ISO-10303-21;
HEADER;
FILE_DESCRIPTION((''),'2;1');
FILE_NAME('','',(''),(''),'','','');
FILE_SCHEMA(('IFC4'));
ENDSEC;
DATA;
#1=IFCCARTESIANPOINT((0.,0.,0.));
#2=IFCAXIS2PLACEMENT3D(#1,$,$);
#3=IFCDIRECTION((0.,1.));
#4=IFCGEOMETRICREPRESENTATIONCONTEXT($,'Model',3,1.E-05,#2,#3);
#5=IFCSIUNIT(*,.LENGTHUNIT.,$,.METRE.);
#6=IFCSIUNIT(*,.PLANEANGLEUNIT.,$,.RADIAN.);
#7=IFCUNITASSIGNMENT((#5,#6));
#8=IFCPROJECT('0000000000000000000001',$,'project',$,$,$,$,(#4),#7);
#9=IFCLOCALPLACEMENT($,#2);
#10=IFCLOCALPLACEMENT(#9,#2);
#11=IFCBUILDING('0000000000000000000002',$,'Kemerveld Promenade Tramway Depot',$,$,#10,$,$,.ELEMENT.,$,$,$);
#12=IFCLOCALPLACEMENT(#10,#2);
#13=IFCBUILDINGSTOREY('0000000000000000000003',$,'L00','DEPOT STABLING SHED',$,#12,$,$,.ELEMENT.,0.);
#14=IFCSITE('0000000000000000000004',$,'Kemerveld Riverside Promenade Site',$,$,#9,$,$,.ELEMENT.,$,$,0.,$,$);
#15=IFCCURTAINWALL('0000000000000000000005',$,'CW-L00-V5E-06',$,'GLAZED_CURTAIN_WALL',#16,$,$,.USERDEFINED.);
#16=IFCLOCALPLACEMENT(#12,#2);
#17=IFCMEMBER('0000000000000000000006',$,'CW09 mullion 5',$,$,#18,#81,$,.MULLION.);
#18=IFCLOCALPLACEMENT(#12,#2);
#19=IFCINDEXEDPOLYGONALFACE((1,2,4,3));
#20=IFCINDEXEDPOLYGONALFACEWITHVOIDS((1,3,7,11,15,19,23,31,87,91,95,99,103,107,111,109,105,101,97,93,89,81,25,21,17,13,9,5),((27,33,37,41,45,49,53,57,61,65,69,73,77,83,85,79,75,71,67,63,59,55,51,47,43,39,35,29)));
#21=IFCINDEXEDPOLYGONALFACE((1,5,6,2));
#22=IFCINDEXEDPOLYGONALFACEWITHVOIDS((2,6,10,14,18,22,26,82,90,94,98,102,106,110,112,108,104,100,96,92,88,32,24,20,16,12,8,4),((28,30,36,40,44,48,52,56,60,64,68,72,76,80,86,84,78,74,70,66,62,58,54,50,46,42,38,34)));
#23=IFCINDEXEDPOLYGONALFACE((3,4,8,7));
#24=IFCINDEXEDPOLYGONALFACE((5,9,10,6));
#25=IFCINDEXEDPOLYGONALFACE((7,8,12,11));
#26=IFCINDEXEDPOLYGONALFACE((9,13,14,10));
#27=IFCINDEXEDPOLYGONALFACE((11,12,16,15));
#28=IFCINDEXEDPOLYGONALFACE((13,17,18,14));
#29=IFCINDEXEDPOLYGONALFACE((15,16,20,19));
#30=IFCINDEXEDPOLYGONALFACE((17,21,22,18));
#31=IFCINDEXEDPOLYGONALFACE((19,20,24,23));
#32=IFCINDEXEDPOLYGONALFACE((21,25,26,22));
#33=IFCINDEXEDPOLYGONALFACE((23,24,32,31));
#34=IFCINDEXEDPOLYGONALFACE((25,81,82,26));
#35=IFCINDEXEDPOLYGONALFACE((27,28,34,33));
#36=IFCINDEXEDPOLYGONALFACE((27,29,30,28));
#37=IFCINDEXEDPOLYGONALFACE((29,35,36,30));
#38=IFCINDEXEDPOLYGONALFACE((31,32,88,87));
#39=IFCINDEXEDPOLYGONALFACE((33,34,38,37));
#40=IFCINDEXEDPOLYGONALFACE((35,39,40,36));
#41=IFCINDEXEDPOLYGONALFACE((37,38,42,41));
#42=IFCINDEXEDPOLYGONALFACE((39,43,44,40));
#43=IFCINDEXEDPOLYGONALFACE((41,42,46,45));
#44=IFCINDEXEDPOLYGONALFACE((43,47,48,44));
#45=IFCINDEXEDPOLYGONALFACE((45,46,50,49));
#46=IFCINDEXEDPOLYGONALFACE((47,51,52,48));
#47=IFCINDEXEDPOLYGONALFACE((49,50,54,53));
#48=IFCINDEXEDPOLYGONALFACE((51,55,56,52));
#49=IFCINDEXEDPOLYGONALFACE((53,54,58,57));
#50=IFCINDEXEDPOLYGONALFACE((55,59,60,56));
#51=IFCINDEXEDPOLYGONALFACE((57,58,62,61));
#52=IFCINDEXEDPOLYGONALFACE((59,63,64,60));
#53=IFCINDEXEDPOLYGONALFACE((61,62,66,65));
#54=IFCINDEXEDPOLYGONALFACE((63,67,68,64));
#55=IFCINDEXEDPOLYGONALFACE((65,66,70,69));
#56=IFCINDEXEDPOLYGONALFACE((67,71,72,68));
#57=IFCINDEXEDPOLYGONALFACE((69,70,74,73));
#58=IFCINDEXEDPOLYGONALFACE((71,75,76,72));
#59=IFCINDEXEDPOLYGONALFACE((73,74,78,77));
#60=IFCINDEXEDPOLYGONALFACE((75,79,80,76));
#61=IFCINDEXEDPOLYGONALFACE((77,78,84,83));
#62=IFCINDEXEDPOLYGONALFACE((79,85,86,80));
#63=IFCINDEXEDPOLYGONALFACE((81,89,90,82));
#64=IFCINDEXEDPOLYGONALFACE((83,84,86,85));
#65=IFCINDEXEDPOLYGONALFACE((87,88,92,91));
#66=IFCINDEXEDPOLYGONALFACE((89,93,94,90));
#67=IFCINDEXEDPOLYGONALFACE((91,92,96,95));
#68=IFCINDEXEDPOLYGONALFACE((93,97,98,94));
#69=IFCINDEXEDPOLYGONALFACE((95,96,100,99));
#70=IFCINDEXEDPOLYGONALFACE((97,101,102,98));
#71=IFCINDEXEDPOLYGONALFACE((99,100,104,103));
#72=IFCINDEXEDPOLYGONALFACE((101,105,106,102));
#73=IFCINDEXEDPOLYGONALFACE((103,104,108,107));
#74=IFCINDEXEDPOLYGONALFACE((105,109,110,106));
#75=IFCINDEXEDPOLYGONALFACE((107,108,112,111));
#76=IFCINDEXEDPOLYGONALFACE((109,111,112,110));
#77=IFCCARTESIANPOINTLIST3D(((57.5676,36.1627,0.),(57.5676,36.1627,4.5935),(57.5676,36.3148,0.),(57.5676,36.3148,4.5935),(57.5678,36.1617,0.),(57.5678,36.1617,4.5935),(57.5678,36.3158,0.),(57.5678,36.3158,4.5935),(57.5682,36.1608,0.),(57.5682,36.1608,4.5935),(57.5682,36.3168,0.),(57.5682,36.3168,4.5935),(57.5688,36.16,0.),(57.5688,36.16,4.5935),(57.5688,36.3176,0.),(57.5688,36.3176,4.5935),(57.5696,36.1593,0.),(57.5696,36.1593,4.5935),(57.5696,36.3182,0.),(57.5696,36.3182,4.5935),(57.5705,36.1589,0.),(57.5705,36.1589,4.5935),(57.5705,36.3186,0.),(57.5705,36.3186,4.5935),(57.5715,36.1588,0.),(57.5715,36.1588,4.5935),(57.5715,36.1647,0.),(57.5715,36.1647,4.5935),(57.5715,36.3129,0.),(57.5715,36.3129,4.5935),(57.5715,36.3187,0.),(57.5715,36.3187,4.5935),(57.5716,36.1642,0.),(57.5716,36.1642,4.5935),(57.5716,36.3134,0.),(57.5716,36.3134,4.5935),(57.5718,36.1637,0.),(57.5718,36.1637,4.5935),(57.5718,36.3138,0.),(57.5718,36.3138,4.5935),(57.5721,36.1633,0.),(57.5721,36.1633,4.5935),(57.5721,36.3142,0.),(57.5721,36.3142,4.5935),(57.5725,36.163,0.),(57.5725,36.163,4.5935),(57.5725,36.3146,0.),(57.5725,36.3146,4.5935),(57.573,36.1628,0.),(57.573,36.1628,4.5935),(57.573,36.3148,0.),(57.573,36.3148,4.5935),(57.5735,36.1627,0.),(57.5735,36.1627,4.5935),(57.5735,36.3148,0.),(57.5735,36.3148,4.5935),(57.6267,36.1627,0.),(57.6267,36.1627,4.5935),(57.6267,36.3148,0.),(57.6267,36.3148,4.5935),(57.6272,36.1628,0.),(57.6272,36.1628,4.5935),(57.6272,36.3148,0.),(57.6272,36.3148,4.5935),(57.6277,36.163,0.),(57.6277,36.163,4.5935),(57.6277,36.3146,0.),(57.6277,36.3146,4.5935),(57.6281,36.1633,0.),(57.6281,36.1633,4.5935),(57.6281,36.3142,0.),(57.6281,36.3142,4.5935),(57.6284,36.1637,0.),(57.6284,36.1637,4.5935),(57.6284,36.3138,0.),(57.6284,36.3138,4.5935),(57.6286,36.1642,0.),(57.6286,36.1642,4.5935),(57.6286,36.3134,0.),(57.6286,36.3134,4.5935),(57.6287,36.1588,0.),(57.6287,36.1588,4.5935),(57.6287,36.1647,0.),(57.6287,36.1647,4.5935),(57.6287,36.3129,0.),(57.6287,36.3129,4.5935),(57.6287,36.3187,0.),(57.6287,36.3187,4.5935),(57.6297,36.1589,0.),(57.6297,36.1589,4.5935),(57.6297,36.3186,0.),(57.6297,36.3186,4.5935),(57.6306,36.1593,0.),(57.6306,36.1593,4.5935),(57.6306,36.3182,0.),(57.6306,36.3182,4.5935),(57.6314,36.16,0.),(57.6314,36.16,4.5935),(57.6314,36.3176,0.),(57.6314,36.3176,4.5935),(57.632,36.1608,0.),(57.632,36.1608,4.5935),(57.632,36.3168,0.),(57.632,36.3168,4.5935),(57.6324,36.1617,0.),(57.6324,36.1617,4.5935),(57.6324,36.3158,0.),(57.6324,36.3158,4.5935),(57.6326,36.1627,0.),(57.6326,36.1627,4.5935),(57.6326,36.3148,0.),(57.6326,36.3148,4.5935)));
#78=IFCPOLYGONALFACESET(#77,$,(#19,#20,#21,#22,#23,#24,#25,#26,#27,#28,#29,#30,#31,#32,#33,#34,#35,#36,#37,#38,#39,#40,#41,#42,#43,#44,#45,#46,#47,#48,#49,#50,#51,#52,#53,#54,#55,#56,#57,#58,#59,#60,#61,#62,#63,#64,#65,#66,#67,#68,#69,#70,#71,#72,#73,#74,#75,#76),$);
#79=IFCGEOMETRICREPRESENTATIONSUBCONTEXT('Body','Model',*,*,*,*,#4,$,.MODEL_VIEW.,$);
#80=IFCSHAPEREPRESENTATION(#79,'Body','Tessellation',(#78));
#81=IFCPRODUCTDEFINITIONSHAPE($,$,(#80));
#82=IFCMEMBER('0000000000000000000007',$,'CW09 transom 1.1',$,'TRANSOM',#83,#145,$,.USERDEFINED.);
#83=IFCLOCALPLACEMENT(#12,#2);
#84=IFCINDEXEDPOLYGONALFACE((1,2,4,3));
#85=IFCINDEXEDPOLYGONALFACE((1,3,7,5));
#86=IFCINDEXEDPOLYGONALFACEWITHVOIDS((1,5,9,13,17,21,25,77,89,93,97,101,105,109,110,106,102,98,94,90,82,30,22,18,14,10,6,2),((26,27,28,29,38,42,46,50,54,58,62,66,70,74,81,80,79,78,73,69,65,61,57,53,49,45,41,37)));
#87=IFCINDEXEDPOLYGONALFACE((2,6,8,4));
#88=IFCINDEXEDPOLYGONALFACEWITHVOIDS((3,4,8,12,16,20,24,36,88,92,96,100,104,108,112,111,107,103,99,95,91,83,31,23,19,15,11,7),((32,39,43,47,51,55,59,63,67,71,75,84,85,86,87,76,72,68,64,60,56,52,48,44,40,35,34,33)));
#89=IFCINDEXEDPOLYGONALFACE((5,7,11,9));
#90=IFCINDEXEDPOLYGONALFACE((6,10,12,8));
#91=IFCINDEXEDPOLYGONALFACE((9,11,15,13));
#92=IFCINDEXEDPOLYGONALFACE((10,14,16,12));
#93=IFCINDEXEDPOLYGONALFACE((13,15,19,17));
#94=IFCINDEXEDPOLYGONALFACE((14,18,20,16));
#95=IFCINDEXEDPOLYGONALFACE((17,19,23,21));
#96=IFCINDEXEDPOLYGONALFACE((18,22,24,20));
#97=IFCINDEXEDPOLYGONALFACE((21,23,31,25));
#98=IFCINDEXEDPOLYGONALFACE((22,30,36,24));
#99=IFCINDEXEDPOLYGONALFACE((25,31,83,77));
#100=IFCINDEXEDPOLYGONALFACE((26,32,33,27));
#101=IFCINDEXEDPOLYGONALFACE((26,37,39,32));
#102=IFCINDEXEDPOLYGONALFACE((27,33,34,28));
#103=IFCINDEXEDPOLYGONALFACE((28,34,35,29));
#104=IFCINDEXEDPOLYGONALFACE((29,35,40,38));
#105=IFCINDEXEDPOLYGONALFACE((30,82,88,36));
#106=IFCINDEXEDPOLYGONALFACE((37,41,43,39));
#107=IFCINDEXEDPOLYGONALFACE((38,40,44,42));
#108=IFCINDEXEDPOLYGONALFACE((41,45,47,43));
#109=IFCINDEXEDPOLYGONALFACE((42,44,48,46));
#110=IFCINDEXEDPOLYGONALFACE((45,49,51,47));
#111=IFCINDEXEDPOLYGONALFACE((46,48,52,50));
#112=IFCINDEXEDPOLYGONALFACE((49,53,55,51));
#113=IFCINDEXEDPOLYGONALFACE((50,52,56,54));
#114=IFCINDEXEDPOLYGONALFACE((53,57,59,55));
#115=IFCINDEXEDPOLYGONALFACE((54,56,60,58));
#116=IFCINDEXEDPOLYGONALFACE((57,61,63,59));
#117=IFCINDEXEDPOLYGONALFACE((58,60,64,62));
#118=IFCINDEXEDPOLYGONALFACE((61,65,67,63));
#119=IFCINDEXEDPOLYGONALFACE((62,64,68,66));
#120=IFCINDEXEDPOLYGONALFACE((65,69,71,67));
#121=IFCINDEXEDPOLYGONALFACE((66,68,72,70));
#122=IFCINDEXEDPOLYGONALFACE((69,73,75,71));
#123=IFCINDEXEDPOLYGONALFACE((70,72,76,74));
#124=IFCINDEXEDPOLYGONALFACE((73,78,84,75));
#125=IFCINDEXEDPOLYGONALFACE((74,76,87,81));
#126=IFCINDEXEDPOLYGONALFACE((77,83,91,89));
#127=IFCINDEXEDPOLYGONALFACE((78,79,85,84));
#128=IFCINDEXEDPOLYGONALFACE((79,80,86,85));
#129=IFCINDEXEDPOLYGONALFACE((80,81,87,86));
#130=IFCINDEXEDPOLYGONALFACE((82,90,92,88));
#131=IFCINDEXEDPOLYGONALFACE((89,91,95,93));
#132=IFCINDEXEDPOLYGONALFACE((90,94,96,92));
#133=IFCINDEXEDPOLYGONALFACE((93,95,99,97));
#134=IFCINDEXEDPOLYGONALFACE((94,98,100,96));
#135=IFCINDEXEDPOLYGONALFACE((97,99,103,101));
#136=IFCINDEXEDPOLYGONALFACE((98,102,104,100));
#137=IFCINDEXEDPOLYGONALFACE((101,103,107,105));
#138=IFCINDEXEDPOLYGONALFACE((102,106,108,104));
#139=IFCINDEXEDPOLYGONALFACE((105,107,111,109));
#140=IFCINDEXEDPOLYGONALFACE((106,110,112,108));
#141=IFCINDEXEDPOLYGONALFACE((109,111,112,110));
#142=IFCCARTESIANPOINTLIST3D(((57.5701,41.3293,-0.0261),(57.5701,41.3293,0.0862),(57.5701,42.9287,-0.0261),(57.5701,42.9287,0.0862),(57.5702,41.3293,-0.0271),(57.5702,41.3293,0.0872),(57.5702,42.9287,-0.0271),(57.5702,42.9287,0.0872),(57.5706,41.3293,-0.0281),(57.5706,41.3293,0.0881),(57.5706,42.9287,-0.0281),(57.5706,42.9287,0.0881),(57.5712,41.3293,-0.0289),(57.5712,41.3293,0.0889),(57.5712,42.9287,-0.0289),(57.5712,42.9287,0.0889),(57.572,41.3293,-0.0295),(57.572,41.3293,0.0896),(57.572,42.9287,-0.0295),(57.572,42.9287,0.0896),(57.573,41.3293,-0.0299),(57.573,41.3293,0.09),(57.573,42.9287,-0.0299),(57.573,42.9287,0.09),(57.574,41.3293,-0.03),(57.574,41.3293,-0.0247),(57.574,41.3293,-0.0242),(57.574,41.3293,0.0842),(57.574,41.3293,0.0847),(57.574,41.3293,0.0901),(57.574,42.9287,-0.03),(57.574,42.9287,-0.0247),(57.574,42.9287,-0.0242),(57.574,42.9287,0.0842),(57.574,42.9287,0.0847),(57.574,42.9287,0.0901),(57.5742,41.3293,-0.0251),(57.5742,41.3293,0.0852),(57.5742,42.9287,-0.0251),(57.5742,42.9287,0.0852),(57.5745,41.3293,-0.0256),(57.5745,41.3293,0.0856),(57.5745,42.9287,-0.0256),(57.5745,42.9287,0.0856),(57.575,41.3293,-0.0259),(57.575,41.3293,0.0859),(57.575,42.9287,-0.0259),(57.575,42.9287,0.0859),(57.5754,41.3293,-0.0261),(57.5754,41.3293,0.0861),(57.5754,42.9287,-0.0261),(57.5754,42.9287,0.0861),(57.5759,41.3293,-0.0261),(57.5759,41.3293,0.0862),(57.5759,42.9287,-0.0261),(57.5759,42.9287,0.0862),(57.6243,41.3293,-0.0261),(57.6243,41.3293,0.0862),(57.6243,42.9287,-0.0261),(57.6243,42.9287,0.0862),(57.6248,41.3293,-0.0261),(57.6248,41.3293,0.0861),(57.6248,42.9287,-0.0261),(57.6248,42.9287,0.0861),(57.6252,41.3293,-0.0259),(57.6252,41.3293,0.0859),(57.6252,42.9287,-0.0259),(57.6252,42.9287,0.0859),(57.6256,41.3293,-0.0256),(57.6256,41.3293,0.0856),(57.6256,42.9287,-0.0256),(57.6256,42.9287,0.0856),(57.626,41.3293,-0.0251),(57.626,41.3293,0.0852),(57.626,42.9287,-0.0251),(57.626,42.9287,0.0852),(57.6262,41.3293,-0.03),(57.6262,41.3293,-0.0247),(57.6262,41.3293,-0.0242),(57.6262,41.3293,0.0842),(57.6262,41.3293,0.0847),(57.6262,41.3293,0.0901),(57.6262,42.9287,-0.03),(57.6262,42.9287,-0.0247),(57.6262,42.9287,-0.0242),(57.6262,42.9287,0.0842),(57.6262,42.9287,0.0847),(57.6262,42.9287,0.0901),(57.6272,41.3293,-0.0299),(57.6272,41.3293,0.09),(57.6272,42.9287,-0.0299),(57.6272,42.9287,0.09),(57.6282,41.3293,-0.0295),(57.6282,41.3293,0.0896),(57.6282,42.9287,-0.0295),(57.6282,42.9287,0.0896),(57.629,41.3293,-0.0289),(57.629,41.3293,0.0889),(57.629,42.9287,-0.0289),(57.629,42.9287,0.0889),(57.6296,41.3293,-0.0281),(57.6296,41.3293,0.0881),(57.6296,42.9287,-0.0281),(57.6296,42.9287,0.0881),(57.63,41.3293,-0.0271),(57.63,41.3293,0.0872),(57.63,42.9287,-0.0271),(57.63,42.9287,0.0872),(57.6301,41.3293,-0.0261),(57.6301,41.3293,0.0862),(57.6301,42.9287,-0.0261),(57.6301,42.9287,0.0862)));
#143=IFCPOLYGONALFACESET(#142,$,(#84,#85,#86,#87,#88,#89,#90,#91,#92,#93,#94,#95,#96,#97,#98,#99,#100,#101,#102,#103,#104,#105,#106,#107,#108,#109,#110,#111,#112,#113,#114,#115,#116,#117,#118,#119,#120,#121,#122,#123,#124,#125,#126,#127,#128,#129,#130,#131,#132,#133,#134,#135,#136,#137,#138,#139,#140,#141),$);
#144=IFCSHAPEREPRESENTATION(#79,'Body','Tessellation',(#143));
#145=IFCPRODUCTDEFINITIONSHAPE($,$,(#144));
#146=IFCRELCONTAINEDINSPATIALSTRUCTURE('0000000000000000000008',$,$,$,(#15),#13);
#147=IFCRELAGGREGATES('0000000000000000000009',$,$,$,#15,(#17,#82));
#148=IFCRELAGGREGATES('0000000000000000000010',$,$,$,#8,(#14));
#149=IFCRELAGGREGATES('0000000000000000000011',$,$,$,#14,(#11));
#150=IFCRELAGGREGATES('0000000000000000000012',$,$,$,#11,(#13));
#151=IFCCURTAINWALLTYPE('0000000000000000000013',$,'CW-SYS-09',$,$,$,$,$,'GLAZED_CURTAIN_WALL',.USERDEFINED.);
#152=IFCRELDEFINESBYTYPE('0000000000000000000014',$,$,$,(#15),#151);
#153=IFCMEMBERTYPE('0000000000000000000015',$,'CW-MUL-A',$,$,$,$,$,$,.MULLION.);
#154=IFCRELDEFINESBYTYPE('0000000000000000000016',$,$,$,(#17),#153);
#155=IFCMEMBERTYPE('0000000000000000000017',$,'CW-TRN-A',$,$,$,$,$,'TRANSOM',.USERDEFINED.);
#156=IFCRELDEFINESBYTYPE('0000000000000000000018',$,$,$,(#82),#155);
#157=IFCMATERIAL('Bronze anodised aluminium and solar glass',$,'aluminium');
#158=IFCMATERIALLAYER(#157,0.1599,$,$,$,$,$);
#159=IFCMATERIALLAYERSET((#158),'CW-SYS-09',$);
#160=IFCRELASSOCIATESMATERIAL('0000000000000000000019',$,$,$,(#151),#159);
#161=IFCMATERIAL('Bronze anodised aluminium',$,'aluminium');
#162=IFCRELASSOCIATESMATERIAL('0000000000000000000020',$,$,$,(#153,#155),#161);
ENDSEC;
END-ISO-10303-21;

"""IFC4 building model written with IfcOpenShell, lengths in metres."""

from ifc_helpers import new_model, si_unit, direction, frame, origin, origin_2d, place, context, subcontext, project, spatial, hollow_rectangle, extrude, material, layer, layer_set, material_profile, profile_set, type_object, element, aggregate, save


model = new_model("IFC4")

# Units and contexts
model_context = context("Model", 3, precision=1e-05, world=origin(), true_north=direction((0.0, 1.0)))
body_context = subcontext(model_context, "Body", "Model", "MODEL_VIEW")
ifc_project = project(units=[si_unit("LENGTHUNIT", "METRE"), si_unit("PLANEANGLEUNIT", "RADIAN")], contexts=[model_context])

# Site, building, storey
site_placement = place(None, origin())
site = spatial("IfcSite", under=ifc_project, at=site_placement, Name="Kemerveld Riverside Promenade Site", CompositionType="ELEMENT", RefElevation=0.0)
building_placement = place(site_placement, origin())
building = spatial("IfcBuilding", under=site, at=building_placement, Name="Kemerveld Promenade Tramway Depot", CompositionType="ELEMENT")
storey_placement = place(building_placement, origin())
storey = spatial("IfcBuildingStorey", under=building, at=storey_placement, Name="L00", Description="DEPOT STABLING SHED", CompositionType="ELEMENT", Elevation=0.0)

# Curtain wall, members
ifc_material_1 = material(Name="Bronze anodised aluminium and solar glass", Category="aluminium")
ifc_layer_1 = layer(ifc_material_1, 0.1599)
ifc_layer_set_1 = layer_set([ifc_layer_1], Name="CW-SYS-09")
curtain_wall_type = type_object("IfcCurtainWallType", Name="CW-SYS-09", ElementType="GLAZED_CURTAIN_WALL", PredefinedType="USERDEFINED", material=ifc_layer_set_1)
curtain_wall_placement = place(storey_placement, origin())
curtain_wall = element("IfcCurtainWall", 1, at=curtain_wall_placement, inside=storey, type_object=curtain_wall_type, Name="CW-L00-V5E-06", ObjectType="GLAZED_CURTAIN_WALL", PredefinedType="USERDEFINED")
ifc_material_2 = material(Name="Bronze anodised aluminium", Category="aluminium")
ifc_material_profile_1 = material_profile(ifc_material_2, hollow_rectangle(XDim=0.0649, YDim=0.1599, WallThickness=0.0039, InnerFilletRadius=0.002, OuterFilletRadius=0.0039, at=origin_2d()), Name="CW-MUL-160x65")
ifc_profile_set_1 = profile_set([ifc_material_profile_1], Name="Bronze anodised aluminium")
member_type_1 = type_object("IfcMemberType", Name="CW-MUL-A", PredefinedType="MULLION", material=ifc_profile_set_1)
member_1_placement = place(storey_placement, frame((57.6001, 36.2388, 0.0), z_axis=(0.0, 0.0, 1.0), x_axis=(1.0, 0.0, 0.0)))
member_1 = element("IfcMember", 2, at=member_1_placement, type_object=member_type_1, Name="CW09 mullion 5", PredefinedType="MULLION", context=body_context, shape_type="SweptSolid", body=[
    extrude(hollow_rectangle(XDim=0.0649, YDim=0.1599, WallThickness=0.0039, InnerFilletRadius=0.002, OuterFilletRadius=0.0039, at=origin_2d()), origin(), (0.0, 0.0, 1.0), 4.5935),
])
ifc_material_profile_2 = material_profile(ifc_material_2, hollow_rectangle(XDim=0.0601, YDim=0.1201, WallThickness=0.0039, InnerFilletRadius=0.002, OuterFilletRadius=0.0039, at=origin_2d()), Name="CW-TRN-120x60")
ifc_profile_set_2 = profile_set([ifc_material_profile_2], Name="Bronze anodised aluminium")
member_type_2 = type_object("IfcMemberType", Name="CW-TRN-A", ElementType="TRANSOM", PredefinedType="USERDEFINED", material=ifc_profile_set_2)
member_2_placement = place(storey_placement, frame((57.6001, 42.9287, 0.03), z_axis=(0.0, -1.0, 0.0), x_axis=(1.0, 0.0, 0.0)))
member_2 = element("IfcMember", 3, at=member_2_placement, type_object=member_type_2, Name="CW09 transom 1.1", ObjectType="TRANSOM", PredefinedType="USERDEFINED", context=body_context, shape_type="SweptSolid", body=[
    extrude(hollow_rectangle(XDim=0.0601, YDim=0.1201, WallThickness=0.0039, InnerFilletRadius=0.002, OuterFilletRadius=0.0039, at=origin_2d()), origin(), (0.0, 0.0, 1.0), 1.5994),
])
aggregate(curtain_wall, [member_1, member_2])

save(model, "model.ifc")
